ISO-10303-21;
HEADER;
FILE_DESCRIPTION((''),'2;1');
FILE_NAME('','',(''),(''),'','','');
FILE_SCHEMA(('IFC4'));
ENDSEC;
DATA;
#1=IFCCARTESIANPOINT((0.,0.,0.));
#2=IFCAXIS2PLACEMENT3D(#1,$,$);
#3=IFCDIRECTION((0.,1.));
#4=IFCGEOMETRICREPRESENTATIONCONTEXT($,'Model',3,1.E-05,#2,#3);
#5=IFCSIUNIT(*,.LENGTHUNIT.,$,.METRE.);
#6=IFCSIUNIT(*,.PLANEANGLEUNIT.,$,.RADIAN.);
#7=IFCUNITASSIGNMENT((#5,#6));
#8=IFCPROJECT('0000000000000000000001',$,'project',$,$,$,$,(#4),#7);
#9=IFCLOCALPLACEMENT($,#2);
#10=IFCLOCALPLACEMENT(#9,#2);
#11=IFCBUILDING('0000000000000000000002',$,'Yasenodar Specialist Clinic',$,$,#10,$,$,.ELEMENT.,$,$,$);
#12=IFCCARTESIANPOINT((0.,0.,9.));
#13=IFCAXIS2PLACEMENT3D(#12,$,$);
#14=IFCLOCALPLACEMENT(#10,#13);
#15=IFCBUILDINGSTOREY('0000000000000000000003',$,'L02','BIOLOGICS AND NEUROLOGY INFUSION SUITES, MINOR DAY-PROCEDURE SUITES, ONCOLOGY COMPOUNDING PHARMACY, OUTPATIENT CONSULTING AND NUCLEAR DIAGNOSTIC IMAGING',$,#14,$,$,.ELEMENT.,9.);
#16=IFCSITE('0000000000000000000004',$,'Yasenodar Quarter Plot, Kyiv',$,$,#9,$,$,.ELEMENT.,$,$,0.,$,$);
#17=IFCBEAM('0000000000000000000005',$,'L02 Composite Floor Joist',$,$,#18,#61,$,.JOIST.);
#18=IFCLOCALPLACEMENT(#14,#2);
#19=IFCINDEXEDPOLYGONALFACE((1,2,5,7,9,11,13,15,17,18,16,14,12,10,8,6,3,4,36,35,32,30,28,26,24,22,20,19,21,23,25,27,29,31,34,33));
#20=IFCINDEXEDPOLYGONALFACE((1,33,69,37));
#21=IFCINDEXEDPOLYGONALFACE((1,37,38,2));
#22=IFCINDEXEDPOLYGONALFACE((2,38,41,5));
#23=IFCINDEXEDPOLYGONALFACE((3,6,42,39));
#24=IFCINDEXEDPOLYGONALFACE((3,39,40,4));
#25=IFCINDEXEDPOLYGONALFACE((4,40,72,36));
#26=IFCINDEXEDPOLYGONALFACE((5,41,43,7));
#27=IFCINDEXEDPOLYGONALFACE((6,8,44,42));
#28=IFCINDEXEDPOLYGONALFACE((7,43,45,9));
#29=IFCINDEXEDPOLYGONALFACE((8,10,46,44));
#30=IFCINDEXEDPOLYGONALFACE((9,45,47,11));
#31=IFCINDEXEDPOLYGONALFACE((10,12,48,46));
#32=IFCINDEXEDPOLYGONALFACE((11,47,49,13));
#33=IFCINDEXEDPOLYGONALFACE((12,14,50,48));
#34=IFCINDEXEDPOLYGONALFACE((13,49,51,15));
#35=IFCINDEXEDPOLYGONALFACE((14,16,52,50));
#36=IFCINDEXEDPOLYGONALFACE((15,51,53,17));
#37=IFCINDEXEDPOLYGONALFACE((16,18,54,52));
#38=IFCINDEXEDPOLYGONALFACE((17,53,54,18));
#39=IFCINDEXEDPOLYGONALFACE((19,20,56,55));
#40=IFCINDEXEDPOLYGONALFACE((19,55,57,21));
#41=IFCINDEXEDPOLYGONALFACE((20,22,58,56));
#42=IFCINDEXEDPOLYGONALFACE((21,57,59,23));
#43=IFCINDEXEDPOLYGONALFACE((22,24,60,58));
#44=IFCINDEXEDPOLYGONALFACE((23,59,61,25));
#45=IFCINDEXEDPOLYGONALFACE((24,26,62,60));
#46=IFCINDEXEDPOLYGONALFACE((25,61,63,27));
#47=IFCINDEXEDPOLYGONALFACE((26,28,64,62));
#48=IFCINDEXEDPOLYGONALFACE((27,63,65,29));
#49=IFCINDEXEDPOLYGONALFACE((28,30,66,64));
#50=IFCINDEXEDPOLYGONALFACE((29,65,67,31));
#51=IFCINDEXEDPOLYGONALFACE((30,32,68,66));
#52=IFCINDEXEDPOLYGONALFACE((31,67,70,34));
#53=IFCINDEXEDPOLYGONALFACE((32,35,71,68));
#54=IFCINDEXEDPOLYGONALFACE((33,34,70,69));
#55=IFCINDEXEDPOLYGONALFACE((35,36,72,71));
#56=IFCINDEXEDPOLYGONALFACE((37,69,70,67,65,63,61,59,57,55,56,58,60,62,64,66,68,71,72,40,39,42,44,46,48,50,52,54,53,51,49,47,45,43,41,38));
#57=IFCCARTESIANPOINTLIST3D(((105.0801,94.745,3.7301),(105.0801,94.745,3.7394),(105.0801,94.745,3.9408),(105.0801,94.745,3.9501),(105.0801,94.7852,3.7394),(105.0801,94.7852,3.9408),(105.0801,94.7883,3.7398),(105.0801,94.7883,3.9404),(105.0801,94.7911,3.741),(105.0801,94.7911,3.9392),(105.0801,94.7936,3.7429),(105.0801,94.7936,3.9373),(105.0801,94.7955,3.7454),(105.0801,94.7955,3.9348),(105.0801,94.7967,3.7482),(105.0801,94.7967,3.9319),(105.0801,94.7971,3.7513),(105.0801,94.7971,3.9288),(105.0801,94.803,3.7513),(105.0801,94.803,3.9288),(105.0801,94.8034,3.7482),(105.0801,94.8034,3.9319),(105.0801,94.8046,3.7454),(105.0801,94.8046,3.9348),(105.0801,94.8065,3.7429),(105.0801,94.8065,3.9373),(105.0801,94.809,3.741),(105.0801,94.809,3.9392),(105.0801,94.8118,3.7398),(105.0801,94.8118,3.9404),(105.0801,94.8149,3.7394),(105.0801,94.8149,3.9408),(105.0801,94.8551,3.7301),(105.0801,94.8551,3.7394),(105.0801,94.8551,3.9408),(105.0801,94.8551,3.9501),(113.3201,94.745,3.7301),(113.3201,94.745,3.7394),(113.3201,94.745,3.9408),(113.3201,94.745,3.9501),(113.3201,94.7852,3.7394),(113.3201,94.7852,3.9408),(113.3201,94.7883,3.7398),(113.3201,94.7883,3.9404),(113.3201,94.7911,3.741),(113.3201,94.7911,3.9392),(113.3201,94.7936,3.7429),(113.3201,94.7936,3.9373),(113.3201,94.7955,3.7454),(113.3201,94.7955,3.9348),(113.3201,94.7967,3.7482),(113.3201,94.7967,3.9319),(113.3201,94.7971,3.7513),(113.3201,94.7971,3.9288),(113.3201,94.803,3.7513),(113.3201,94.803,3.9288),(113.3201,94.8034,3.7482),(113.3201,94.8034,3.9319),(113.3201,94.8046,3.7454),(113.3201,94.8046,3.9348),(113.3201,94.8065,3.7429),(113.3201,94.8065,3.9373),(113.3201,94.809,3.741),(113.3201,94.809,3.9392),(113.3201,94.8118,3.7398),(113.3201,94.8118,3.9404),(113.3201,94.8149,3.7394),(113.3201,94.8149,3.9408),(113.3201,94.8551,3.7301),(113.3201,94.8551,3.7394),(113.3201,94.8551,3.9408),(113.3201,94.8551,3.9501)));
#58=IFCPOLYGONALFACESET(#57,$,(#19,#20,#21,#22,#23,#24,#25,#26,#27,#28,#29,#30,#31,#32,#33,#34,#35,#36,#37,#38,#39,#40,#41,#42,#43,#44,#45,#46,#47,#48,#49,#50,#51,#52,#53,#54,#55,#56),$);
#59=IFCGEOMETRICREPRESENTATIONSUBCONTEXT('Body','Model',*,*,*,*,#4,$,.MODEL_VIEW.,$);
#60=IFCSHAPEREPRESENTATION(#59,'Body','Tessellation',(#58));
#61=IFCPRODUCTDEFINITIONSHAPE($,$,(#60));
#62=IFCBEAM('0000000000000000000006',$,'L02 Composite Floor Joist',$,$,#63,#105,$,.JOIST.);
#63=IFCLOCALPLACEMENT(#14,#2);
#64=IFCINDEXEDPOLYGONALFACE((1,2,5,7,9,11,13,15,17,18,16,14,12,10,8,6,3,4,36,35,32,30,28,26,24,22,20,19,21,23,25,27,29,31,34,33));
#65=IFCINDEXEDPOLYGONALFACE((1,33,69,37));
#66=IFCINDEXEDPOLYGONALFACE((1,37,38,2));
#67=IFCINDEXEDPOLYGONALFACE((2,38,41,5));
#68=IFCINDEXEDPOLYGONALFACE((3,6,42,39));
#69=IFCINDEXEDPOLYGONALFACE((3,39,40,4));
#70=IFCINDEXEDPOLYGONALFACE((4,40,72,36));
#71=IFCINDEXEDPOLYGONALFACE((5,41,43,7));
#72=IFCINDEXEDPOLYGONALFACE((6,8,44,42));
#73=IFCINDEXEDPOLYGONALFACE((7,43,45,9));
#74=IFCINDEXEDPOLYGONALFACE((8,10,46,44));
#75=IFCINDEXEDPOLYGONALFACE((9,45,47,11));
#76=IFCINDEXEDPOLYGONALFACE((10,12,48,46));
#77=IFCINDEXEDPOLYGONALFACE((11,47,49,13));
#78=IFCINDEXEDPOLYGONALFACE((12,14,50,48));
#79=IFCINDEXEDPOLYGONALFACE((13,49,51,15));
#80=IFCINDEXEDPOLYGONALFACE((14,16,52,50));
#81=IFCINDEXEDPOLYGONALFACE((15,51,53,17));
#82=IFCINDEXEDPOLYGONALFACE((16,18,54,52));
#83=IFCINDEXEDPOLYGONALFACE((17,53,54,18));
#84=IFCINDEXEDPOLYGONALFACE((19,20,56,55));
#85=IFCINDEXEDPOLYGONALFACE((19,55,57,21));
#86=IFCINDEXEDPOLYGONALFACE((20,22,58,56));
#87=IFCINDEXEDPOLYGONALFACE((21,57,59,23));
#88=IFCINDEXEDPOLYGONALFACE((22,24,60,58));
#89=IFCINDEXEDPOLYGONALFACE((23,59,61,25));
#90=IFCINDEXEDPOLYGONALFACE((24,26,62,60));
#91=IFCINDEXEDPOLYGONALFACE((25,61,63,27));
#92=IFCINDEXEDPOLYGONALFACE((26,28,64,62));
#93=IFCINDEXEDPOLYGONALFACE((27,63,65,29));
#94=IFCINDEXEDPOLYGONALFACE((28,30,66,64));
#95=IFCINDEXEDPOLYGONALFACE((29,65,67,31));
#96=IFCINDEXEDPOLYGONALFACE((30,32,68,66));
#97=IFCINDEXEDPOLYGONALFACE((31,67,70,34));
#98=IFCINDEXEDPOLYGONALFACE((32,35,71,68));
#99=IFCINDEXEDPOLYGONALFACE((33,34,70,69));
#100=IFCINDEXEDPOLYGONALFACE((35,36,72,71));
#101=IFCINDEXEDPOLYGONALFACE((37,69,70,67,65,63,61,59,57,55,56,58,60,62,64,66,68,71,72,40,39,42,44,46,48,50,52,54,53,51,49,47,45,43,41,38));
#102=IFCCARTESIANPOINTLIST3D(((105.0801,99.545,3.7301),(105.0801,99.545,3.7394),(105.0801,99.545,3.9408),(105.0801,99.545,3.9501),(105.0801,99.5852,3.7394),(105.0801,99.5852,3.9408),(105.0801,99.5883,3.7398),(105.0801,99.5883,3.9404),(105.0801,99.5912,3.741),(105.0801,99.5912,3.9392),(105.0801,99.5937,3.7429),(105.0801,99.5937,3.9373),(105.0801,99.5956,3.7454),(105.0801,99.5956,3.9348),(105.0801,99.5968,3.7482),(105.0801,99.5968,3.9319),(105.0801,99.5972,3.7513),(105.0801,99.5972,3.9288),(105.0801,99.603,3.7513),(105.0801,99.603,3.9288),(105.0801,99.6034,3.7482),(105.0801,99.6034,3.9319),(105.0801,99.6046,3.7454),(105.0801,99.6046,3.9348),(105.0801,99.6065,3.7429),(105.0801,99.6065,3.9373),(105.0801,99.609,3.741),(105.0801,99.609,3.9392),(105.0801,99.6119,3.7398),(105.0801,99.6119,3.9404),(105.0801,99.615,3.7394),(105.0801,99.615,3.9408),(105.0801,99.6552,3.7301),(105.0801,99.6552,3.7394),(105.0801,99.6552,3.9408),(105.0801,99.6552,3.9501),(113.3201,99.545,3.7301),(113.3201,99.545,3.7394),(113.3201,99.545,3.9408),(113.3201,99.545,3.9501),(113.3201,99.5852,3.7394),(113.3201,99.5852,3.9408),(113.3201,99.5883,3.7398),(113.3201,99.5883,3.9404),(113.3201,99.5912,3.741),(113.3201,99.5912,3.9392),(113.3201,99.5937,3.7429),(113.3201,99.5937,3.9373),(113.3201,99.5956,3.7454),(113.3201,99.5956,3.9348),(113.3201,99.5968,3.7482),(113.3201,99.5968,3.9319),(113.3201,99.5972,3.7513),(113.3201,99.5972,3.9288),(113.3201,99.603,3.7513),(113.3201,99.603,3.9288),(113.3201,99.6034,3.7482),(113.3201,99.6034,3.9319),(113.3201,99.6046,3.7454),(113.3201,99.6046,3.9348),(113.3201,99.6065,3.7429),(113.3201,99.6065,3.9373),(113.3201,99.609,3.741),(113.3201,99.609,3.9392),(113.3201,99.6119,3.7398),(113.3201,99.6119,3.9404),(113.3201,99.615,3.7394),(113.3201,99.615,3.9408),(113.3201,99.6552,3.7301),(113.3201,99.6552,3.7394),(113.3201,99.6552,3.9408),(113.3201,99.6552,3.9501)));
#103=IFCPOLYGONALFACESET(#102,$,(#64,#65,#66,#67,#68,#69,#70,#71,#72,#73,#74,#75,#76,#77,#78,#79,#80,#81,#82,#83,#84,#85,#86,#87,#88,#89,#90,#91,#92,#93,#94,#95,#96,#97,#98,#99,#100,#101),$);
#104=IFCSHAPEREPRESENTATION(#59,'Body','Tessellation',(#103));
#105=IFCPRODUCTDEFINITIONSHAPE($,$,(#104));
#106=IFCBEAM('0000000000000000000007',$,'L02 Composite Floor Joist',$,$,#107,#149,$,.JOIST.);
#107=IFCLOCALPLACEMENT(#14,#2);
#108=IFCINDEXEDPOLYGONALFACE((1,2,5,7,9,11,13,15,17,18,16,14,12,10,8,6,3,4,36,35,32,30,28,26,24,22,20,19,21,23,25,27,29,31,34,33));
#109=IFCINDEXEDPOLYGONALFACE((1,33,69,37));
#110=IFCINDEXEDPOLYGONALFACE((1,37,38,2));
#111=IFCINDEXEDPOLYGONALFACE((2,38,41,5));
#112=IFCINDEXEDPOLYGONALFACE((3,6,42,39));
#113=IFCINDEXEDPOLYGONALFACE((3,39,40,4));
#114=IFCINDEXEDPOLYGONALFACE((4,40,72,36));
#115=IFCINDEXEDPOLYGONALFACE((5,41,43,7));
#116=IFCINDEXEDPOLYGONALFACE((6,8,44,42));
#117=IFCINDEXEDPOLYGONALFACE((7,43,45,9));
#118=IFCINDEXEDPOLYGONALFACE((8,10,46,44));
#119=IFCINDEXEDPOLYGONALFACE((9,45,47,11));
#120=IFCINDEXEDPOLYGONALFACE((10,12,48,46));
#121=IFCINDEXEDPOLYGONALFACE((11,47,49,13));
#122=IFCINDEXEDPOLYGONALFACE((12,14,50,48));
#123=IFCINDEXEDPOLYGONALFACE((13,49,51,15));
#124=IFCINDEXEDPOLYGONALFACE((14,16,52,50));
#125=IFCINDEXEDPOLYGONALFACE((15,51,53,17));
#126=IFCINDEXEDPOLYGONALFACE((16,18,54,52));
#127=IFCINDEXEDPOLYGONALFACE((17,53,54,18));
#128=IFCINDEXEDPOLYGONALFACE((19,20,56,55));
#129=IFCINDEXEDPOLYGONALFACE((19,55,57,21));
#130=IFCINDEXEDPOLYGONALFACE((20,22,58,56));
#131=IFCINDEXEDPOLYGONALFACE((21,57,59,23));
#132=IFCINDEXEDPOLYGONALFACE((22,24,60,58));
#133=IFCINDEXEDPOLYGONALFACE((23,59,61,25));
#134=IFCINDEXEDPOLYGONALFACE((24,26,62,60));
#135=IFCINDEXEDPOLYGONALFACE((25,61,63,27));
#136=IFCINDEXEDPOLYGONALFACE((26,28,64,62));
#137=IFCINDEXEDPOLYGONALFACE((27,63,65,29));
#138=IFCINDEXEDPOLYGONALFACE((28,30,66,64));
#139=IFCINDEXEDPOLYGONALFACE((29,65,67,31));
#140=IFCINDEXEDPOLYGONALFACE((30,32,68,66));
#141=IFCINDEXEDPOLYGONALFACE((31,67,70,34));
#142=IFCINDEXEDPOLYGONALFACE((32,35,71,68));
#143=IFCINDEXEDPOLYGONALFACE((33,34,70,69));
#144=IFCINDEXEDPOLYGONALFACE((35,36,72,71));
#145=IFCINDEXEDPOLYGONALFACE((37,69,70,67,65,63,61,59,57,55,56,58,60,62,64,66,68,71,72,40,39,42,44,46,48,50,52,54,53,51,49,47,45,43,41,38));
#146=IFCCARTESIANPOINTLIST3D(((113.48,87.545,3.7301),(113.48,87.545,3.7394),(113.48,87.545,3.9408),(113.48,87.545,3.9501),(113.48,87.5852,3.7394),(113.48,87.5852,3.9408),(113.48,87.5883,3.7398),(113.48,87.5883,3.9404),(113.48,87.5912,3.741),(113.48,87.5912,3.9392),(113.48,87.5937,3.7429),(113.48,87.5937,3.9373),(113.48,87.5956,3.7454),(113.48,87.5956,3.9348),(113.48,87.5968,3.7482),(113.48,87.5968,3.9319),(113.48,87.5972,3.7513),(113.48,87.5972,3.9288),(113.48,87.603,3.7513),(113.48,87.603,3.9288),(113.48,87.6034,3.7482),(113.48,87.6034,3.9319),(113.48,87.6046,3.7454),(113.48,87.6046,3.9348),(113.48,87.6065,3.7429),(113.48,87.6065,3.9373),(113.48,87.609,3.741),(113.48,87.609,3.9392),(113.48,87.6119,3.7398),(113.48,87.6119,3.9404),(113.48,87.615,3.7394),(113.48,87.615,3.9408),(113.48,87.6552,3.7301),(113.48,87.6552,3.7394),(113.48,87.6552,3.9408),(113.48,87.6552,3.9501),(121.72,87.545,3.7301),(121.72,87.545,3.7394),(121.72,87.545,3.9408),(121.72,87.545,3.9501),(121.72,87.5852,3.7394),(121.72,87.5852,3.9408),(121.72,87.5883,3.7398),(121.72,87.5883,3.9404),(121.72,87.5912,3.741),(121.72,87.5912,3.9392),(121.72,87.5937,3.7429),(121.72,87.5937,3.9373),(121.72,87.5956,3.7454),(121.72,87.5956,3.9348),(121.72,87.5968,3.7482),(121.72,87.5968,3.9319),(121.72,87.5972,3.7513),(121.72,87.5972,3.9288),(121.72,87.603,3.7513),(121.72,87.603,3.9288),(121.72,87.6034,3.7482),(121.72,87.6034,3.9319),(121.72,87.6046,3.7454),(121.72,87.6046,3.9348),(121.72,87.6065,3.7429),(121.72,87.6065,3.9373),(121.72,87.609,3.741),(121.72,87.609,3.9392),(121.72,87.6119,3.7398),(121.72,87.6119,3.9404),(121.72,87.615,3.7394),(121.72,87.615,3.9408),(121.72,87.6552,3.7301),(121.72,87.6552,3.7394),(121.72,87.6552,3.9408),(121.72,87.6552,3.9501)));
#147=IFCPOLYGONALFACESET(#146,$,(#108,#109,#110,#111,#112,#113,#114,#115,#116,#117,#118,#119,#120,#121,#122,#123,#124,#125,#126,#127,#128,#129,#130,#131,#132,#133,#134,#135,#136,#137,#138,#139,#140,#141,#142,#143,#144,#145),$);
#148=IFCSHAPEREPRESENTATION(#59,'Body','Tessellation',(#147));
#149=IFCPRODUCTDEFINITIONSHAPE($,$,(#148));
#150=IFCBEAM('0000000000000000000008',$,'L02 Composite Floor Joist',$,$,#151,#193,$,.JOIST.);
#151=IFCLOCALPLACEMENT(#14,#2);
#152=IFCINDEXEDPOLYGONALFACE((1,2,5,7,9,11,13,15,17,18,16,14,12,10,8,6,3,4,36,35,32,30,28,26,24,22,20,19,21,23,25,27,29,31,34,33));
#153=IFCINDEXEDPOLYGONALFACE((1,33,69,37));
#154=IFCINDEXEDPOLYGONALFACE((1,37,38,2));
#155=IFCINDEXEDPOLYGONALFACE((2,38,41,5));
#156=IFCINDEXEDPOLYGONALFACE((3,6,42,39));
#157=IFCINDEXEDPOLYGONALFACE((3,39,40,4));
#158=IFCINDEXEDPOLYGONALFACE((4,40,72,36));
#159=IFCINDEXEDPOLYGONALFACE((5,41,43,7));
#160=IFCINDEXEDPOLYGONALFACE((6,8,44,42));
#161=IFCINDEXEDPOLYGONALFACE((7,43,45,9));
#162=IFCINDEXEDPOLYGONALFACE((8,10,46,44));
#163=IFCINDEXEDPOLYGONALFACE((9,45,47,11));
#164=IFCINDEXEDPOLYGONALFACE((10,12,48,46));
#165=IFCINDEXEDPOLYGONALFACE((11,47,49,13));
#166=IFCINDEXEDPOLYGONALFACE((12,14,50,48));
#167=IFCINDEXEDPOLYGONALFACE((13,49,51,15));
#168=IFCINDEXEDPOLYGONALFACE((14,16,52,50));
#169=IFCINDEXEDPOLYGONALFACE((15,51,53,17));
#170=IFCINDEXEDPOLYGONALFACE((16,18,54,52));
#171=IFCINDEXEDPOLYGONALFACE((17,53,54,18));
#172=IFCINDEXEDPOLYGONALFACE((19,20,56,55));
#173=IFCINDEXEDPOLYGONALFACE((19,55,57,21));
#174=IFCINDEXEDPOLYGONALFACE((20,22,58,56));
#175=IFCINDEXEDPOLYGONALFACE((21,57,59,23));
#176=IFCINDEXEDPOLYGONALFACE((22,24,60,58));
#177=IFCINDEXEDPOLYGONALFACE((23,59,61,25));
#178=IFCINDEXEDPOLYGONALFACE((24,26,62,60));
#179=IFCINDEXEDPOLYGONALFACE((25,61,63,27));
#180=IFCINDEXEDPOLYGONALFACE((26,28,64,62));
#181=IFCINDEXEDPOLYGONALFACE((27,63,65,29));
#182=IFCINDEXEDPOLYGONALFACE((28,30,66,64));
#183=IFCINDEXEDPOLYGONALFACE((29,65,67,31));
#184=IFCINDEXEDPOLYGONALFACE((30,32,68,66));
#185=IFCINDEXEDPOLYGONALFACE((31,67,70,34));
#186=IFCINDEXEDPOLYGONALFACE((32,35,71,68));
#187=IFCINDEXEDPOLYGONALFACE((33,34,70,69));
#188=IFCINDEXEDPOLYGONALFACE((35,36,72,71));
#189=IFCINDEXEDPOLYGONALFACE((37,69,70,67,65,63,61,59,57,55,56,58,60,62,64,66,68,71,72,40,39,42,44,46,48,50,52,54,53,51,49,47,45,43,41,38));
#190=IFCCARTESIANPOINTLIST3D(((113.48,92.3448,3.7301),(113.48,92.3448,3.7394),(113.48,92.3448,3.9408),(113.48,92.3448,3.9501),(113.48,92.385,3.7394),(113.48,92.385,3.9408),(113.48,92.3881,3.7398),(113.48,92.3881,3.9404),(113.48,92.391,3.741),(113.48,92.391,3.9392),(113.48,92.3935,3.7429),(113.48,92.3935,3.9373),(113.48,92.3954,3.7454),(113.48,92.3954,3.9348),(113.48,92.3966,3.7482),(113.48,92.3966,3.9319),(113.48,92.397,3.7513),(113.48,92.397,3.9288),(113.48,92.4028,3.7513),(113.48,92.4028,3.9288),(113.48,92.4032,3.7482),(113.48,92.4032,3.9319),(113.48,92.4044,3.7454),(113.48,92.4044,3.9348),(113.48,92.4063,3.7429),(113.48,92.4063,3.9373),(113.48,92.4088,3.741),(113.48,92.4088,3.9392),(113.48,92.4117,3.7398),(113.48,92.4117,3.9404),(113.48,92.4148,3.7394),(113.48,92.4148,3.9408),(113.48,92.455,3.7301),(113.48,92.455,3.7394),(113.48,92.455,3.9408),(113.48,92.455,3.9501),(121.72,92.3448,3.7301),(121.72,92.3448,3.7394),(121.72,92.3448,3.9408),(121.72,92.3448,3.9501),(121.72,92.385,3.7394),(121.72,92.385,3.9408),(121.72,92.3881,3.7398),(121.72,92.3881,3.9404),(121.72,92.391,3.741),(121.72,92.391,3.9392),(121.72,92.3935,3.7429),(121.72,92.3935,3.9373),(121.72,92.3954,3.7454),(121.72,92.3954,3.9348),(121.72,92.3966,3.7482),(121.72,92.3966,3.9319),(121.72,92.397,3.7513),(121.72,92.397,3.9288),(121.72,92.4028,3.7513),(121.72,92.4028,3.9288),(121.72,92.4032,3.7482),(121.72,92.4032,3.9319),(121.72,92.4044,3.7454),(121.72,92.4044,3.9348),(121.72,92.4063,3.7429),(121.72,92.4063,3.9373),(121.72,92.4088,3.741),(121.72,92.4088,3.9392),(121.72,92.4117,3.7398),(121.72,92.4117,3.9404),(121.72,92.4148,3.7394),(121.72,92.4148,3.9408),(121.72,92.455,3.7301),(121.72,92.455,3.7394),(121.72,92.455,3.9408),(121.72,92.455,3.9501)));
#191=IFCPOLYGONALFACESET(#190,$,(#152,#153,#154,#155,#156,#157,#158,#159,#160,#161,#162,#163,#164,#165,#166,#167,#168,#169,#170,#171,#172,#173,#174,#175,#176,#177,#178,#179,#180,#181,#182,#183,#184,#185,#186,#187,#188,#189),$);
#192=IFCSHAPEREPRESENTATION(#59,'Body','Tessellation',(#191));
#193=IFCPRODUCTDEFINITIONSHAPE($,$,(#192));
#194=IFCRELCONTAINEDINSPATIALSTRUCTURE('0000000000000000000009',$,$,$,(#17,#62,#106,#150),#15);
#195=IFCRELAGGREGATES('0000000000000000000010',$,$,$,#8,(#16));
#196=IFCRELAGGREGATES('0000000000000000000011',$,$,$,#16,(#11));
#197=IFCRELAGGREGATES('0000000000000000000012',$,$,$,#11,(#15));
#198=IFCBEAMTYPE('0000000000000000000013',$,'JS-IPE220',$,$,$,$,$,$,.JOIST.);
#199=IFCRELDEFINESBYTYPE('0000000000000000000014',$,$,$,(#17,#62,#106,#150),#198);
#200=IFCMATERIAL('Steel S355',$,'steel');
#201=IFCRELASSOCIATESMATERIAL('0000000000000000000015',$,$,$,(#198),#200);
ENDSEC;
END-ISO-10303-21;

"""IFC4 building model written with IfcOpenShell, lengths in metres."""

from ifc_helpers import new_model, si_unit, direction, frame, origin, origin_2d, place, context, subcontext, project, spatial, i_section, extrude, material, material_profile, profile_set, type_object, element, save


model = new_model("IFC4")

# Units and contexts
model_context = context("Model", 3, precision=1e-05, world=origin(), true_north=direction((0.0, 1.0)))
body_context = subcontext(model_context, "Body", "Model", "MODEL_VIEW")
ifc_project = project(units=[si_unit("LENGTHUNIT", "METRE"), si_unit("PLANEANGLEUNIT", "RADIAN")], contexts=[model_context])

# Site, building, storey
site_placement = place(None, origin())
site = spatial("IfcSite", under=ifc_project, at=site_placement, Name="Yasenodar Quarter Plot, Kyiv", CompositionType="ELEMENT", RefElevation=0.0)
building_placement = place(site_placement, origin())
building = spatial("IfcBuilding", under=site, at=building_placement, Name="Yasenodar Specialist Clinic", CompositionType="ELEMENT")
storey_placement = place(building_placement, frame((0.0, 0.0, 9.0)))
storey = spatial("IfcBuildingStorey", under=building, at=storey_placement, Name="L02", Description="BIOLOGICS AND NEUROLOGY INFUSION SUITES, MINOR DAY-PROCEDURE SUITES, ONCOLOGY COMPOUNDING PHARMACY, OUTPATIENT CONSULTING AND NUCLEAR DIAGNOSTIC IMAGING", CompositionType="ELEMENT", Elevation=9.0)

# Shared definitions
ifc_material_1 = material(Name="Steel S355", Category="steel")

# Beams
ifc_material_profile_1 = material_profile(ifc_material_1, i_section(OverallWidth=0.1101, OverallDepth=0.22, WebThickness=0.0059, FlangeThickness=0.0093, FilletRadius=0.012, at=origin_2d()), Name="IPE 220")
ifc_profile_set_1 = profile_set([ifc_material_profile_1], Name="Steel S355")
beam_type_1 = type_object("IfcBeamType", Name="JS-IPE220", PredefinedType="JOIST", material=ifc_profile_set_1)
for number, where, z_axis, x_axis, name in (
    (1, (105.0801, 94.8, 3.8401), (1.0, 0.0, 0.0), (0.0, 1.0, 0.0), "L02 Composite Floor Joist"),
    (2, (105.0801, 99.6001, 3.8401), (1.0, 0.0, 0.0), (0.0, 1.0, 0.0), "L02 Composite Floor Joist"),
    (3, (113.48, 87.6001, 3.8401), (1.0, 0.0, 0.0), (0.0, 1.0, 0.0), "L02 Composite Floor Joist"),
    (4, (113.48, 92.3999, 3.8401), (1.0, 0.0, 0.0), (0.0, 1.0, 0.0), "L02 Composite Floor Joist"),
):
    element("IfcBeam", number, at=place(storey_placement, frame(where, z_axis=z_axis, x_axis=x_axis)), inside=storey, type_object=beam_type_1, Name=name, PredefinedType="JOIST", context=body_context, shape_type="SweptSolid", body=[
        extrude(i_section(OverallWidth=0.1101, OverallDepth=0.22, WebThickness=0.0059, FlangeThickness=0.0093, FilletRadius=0.012, at=origin_2d()), origin(), (0.0, 0.0, 1.0), 8.24),
    ])

save(model, "model.ifc")
